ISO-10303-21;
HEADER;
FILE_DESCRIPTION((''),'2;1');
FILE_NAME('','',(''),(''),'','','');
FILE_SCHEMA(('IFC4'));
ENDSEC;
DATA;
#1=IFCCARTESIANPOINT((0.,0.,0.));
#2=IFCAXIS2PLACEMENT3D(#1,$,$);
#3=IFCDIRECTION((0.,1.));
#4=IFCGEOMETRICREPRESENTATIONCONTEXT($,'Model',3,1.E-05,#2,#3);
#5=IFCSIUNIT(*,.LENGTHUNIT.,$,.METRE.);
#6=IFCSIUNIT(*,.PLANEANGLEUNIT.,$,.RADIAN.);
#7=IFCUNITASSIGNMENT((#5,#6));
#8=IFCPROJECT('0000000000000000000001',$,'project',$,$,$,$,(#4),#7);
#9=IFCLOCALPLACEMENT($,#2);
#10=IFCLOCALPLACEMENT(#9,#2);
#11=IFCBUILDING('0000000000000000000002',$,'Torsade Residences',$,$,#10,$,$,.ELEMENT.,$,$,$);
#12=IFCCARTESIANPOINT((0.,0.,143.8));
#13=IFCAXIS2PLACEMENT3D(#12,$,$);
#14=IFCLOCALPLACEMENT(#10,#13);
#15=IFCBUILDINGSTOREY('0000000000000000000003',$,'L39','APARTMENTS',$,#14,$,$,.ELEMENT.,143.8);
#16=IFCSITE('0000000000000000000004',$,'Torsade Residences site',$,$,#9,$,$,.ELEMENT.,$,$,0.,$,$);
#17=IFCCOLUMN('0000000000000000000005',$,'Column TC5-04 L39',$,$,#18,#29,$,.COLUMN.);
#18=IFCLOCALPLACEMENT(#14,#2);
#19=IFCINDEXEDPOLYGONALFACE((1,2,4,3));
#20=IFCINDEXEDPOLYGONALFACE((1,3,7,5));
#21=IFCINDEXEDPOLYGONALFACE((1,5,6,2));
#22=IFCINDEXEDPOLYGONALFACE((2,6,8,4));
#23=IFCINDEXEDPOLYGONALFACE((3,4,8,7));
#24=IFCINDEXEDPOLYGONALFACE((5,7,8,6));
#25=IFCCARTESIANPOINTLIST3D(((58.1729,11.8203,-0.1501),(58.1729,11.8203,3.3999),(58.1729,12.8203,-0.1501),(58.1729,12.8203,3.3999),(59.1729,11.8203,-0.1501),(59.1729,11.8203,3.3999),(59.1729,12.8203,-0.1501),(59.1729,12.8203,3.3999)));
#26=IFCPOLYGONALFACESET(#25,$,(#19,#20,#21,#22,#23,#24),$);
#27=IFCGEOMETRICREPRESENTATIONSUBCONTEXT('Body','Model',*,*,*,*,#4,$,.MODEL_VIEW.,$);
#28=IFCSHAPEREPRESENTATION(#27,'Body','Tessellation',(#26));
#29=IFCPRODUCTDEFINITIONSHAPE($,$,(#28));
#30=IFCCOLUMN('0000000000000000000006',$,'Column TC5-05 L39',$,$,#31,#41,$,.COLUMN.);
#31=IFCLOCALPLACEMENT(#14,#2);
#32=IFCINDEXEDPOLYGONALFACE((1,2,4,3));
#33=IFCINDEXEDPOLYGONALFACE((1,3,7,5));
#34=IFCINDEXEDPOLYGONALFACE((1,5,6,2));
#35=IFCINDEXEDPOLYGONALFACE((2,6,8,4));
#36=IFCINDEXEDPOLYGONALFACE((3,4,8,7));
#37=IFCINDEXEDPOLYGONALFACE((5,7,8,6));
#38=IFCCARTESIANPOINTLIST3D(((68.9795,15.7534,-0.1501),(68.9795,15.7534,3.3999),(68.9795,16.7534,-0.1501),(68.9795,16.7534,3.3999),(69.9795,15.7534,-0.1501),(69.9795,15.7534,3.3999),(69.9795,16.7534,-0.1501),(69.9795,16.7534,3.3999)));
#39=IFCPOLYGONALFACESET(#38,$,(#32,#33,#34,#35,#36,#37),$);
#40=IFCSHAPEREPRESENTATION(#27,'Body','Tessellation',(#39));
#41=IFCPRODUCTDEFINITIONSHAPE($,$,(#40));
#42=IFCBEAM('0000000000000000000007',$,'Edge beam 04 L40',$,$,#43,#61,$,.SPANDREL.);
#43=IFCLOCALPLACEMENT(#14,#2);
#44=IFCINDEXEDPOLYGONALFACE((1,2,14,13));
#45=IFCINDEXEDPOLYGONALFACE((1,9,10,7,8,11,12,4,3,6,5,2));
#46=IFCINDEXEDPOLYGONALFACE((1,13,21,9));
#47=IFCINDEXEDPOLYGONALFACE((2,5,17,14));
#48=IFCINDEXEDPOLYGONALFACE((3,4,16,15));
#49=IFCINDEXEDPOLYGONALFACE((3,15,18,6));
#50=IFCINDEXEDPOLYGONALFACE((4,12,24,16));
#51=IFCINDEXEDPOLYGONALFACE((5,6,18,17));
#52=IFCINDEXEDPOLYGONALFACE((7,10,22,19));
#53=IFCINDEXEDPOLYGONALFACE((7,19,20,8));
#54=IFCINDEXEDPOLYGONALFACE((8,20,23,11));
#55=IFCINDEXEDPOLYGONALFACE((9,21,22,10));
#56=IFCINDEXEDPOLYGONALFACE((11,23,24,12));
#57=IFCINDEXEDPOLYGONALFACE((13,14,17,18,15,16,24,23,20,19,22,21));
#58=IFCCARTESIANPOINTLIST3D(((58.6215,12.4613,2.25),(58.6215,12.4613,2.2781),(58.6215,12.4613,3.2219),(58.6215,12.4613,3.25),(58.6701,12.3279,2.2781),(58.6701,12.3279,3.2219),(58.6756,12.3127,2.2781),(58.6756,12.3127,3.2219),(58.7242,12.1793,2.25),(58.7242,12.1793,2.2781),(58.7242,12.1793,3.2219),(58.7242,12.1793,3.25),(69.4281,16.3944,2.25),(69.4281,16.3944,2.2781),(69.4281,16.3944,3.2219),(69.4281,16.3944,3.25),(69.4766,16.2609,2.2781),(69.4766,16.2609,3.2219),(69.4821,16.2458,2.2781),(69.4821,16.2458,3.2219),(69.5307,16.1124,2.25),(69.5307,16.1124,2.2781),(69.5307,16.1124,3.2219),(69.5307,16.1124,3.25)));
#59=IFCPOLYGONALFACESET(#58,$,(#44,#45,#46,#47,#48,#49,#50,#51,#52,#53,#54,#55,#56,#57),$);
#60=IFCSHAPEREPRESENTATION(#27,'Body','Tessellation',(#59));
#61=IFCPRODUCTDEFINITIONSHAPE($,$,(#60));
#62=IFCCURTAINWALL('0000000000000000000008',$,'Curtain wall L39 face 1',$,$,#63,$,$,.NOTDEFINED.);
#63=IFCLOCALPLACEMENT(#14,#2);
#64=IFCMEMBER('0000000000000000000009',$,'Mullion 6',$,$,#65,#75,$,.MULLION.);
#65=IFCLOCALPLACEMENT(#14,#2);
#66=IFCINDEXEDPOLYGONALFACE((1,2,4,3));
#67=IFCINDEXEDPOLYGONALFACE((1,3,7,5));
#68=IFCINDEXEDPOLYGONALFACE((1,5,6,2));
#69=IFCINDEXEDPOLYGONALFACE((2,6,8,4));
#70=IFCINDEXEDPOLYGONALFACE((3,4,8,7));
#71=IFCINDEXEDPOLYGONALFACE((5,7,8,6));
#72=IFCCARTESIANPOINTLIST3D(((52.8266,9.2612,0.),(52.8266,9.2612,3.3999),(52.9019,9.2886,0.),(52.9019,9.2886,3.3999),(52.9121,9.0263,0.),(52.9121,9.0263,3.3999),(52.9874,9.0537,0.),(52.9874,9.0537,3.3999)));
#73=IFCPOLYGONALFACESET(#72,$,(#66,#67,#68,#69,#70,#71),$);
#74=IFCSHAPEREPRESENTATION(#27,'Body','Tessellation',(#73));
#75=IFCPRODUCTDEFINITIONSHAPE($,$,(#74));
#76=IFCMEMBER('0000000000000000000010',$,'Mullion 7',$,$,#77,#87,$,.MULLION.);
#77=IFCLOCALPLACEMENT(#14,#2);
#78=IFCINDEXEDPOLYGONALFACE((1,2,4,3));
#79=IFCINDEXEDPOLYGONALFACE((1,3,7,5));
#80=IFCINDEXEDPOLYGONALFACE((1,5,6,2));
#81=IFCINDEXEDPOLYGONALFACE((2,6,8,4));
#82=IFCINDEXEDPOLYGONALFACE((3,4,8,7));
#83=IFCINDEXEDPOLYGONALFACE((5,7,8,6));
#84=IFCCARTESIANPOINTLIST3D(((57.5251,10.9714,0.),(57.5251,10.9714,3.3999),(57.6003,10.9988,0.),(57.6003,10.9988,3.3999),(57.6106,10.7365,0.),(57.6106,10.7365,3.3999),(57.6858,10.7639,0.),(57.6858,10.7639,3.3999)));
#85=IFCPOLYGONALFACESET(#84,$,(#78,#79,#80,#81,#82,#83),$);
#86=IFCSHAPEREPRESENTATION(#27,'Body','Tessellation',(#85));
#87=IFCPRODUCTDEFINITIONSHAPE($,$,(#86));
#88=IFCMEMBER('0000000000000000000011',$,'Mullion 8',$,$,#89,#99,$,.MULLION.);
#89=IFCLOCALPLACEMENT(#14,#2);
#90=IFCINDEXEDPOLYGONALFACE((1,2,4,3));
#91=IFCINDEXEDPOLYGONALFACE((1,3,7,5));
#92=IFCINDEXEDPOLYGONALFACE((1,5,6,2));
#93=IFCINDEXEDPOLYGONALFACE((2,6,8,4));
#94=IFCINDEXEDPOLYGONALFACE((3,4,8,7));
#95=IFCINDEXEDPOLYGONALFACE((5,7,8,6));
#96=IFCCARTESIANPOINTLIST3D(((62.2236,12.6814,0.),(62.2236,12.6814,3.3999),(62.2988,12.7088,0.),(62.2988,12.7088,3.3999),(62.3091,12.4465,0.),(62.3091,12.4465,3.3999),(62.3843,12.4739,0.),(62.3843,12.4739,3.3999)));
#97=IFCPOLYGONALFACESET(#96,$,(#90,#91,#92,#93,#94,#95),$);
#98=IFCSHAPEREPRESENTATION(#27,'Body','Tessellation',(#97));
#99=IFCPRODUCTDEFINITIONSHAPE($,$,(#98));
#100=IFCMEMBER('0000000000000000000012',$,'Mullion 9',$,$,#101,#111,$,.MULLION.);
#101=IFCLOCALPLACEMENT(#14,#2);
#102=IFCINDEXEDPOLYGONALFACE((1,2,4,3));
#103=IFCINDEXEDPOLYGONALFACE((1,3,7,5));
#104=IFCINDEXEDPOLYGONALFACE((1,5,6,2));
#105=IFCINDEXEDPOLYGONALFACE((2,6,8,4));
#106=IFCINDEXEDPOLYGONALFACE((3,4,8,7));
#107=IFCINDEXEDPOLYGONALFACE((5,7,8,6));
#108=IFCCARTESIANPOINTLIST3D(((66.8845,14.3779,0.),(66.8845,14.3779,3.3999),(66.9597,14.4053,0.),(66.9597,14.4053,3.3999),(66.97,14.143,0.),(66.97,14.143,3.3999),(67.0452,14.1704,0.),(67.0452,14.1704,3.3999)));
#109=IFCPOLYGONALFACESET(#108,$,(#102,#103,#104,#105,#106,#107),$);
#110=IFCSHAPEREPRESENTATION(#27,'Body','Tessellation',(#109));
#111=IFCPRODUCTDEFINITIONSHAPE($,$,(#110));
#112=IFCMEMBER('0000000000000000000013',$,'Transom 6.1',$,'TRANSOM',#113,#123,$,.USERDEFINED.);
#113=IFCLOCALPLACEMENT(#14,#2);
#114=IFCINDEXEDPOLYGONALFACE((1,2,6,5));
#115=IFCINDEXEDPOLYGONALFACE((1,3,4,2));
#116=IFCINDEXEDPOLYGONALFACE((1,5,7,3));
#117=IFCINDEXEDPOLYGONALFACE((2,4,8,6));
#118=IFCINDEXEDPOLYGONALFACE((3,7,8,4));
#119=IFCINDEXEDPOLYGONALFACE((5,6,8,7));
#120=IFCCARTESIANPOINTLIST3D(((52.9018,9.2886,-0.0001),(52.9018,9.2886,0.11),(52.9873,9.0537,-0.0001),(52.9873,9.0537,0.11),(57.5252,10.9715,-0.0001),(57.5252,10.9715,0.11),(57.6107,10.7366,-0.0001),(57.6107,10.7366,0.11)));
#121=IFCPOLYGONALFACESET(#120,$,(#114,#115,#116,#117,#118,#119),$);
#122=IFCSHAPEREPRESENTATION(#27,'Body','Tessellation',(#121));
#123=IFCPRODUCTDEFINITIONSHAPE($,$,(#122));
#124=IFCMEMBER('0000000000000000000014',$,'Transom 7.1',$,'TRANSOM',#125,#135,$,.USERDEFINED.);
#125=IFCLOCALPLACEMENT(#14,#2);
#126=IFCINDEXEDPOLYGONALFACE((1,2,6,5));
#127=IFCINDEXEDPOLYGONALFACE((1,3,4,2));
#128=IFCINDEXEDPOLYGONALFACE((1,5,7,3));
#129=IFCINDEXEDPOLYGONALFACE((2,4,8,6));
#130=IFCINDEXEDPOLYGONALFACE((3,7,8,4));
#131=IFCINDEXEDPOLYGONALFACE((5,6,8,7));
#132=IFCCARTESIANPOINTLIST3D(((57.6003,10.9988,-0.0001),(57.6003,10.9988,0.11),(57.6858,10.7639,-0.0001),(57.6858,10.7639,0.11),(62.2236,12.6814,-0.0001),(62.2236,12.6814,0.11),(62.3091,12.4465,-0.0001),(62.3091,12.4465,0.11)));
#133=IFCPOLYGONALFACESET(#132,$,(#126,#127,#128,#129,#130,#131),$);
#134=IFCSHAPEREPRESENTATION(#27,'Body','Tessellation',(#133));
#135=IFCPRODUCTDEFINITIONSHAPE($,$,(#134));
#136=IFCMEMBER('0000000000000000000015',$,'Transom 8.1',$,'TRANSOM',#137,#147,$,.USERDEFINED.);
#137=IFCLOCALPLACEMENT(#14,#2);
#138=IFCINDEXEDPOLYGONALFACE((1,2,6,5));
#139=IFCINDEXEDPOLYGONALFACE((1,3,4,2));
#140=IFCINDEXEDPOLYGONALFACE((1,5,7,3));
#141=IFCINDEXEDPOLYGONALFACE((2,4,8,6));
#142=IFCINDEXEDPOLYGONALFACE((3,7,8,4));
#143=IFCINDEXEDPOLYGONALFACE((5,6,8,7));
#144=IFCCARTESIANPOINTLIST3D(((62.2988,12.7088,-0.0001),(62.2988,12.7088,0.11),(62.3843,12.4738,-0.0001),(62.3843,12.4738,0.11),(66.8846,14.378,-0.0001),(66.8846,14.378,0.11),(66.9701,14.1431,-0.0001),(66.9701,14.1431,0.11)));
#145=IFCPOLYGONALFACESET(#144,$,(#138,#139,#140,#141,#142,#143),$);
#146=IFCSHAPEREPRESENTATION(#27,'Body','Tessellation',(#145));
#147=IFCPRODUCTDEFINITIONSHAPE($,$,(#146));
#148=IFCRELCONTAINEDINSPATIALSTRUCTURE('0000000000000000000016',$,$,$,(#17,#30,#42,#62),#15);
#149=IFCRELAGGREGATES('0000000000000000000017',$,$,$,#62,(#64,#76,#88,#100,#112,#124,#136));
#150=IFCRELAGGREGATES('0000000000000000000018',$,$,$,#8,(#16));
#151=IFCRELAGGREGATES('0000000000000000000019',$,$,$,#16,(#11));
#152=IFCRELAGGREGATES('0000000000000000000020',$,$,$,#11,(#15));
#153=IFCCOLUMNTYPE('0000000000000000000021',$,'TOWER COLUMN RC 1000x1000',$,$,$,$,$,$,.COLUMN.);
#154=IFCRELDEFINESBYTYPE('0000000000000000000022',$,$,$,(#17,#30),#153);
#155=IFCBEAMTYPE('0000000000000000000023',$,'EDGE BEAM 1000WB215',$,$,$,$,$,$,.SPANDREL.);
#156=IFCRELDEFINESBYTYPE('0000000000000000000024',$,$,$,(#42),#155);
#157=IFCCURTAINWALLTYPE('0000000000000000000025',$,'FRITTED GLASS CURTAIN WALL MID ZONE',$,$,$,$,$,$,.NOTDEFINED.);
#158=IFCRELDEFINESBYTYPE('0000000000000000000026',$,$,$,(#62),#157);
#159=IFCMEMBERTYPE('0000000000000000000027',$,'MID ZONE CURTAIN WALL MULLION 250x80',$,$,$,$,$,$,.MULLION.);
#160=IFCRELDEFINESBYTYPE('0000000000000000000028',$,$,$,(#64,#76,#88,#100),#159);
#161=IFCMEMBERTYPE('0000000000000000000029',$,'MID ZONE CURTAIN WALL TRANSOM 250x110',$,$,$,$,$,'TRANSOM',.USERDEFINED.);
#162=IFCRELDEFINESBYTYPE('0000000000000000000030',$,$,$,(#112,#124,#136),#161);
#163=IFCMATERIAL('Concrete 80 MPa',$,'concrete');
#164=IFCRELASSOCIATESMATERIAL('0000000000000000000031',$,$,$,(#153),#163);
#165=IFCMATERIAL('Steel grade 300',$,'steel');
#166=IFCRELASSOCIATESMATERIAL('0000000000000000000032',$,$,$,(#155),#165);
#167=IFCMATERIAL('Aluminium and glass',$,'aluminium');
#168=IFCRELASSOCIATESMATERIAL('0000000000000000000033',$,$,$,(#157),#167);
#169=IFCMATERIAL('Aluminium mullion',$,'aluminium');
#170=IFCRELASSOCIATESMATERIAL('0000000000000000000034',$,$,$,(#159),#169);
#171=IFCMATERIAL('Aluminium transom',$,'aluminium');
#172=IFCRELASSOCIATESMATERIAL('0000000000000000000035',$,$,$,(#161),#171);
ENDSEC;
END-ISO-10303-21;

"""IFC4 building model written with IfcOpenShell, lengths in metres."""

from ifc_helpers import new_model, si_unit, direction, frame, origin, origin_2d, place, context, subcontext, project, spatial, rectangle, i_section, extrude, material, material_profile, profile_set, type_object, element, aggregate, save


model = new_model("IFC4")

# Units and contexts
model_context = context("Model", 3, precision=1e-05, world=origin(), true_north=direction((0.0, 1.0)))
body_context = subcontext(model_context, "Body", "Model", "MODEL_VIEW")
ifc_project = project(units=[si_unit("LENGTHUNIT", "METRE"), si_unit("PLANEANGLEUNIT", "RADIAN")], contexts=[model_context])

# Site, building, storey
site_placement = place(None, origin())
site = spatial("IfcSite", under=ifc_project, at=site_placement, Name="Torsade Residences site", CompositionType="ELEMENT", RefElevation=0.0)
building_placement = place(site_placement, origin())
building = spatial("IfcBuilding", under=site, at=building_placement, Name="Torsade Residences", CompositionType="ELEMENT")
storey_placement = place(building_placement, frame((0.0, 0.0, 143.8)))
storey = spatial("IfcBuildingStorey", under=building, at=storey_placement, Name="L39", Description="APARTMENTS", CompositionType="ELEMENT", Elevation=143.8)

# Columns
ifc_material_1 = material(Name="Concrete 80 MPa", Category="concrete")
ifc_material_profile_1 = material_profile(ifc_material_1, rectangle(XDim=1.0, YDim=1.0, at=origin_2d()), Name="RC 1000x1000")
ifc_profile_set_1 = profile_set([ifc_material_profile_1], Name="Concrete 80 MPa")
column_type = type_object("IfcColumnType", Name="TOWER COLUMN RC 1000x1000", PredefinedType="COLUMN", material=ifc_profile_set_1)
for number, where, z_axis, x_axis, name in (
    (1, (58.6729, 12.3203, -0.1501), (0.0, 0.0, 1.0), (1.0, 0.0, 0.0), "Column TC5-04 L39"),
    (2, (69.4795, 16.2534, -0.1501), (0.0, 0.0, 1.0), (1.0, 0.0, 0.0), "Column TC5-05 L39"),
):
    element("IfcColumn", number, at=place(storey_placement, frame(where, z_axis=z_axis, x_axis=x_axis)), inside=storey, type_object=column_type, Name=name, PredefinedType="COLUMN", context=body_context, shape_type="SweptSolid", body=[
        extrude(rectangle(XDim=1.0, YDim=1.0, at=origin_2d()), origin(), (0.0, 0.0, 1.0), 3.55),
    ])

# Beam
ifc_material_2 = material(Name="Steel grade 300", Category="steel")
ifc_material_profile_2 = material_profile(ifc_material_2, i_section(OverallWidth=0.3, OverallDepth=1.0, WebThickness=0.0161, FlangeThickness=0.0281, at=origin_2d()), Name="1000WB215")
ifc_profile_set_2 = profile_set([ifc_material_profile_2], Name="Steel grade 300")
beam_type_1 = type_object("IfcBeamType", Name="EDGE BEAM 1000WB215", PredefinedType="SPANDREL", material=ifc_profile_set_2)
beam_1_placement = place(storey_placement, frame((58.6729, 12.3203, 2.75), z_axis=(0.939698, 0.342006, 0.0), x_axis=(-0.342006, 0.939698, 0.0)))
element("IfcBeam", 3, at=beam_1_placement, inside=storey, type_object=beam_type_1, Name="Edge beam 04 L40", PredefinedType="SPANDREL", context=body_context, shape_type="SweptSolid", body=[
    extrude(i_section(OverallWidth=0.3, OverallDepth=1.0, WebThickness=0.0161, FlangeThickness=0.0281, at=origin_2d()), origin(), (0.0, 0.0, 1.0), 11.5),
])

# Curtain wall, members
ifc_material_3 = material(Name="Aluminium and glass", Category="aluminium")
curtain_wall_type = type_object("IfcCurtainWallType", Name="FRITTED GLASS CURTAIN WALL MID ZONE", PredefinedType="NOTDEFINED", material=ifc_material_3)
curtain_wall_placement = place(storey_placement, origin())
curtain_wall = element("IfcCurtainWall", 4, at=curtain_wall_placement, inside=storey, type_object=curtain_wall_type, Name="Curtain wall L39 face 1", PredefinedType="NOTDEFINED")
ifc_material_4 = material(Name="Aluminium mullion", Category="aluminium")
ifc_material_profile_3 = material_profile(ifc_material_4, rectangle(XDim=0.25, YDim=0.0801, at=origin_2d()), Name="MID ZONE CURTAIN WALL MULLION 250x80")
ifc_profile_set_3 = profile_set([ifc_material_profile_3], Name="Aluminium mullion")
member_type_1 = type_object("IfcMemberType", Name="MID ZONE CURTAIN WALL MULLION 250x80", PredefinedType="MULLION", material=ifc_profile_set_3)
member_1_placement = place(storey_placement, frame((52.907, 9.1575, 0.0), z_axis=(0.0, 0.0, 1.0), x_axis=(-0.34202, 0.939693, 0.0)))
member_1 = element("IfcMember", 5, at=member_1_placement, type_object=member_type_1, Name="Mullion 6", PredefinedType="MULLION", context=body_context, shape_type="SweptSolid", body=[
    extrude(rectangle(XDim=0.25, YDim=0.0801, at=origin_2d()), origin(), (0.0, 0.0, 1.0), 3.3999),
])
member_2_placement = place(storey_placement, frame((57.6055, 10.8677, 0.0), z_axis=(0.0, 0.0, 1.0), x_axis=(-0.34202, 0.939693, 0.0)))
member_2 = element("IfcMember", 6, at=member_2_placement, type_object=member_type_1, Name="Mullion 7", PredefinedType="MULLION", context=body_context, shape_type="SweptSolid", body=[
    extrude(rectangle(XDim=0.25, YDim=0.0801, at=origin_2d()), origin(), (0.0, 0.0, 1.0), 3.3999),
])
member_3_placement = place(storey_placement, frame((62.304, 12.5776, 0.0), z_axis=(0.0, 0.0, 1.0), x_axis=(-0.34202, 0.939693, 0.0)))
member_3 = element("IfcMember", 7, at=member_3_placement, type_object=member_type_1, Name="Mullion 8", PredefinedType="MULLION", context=body_context, shape_type="SweptSolid", body=[
    extrude(rectangle(XDim=0.25, YDim=0.0801, at=origin_2d()), origin(), (0.0, 0.0, 1.0), 3.3999),
])
member_4_placement = place(storey_placement, frame((66.9648, 14.2742, 0.0), z_axis=(0.0, 0.0, 1.0), x_axis=(-0.34202, 0.939693, 0.0)))
member_4 = element("IfcMember", 8, at=member_4_placement, type_object=member_type_1, Name="Mullion 9", PredefinedType="MULLION", context=body_context, shape_type="SweptSolid", body=[
    extrude(rectangle(XDim=0.25, YDim=0.0801, at=origin_2d()), origin(), (0.0, 0.0, 1.0), 3.3999),
])
ifc_material_5 = material(Name="Aluminium transom", Category="aluminium")
ifc_material_profile_4 = material_profile(ifc_material_5, rectangle(XDim=0.25, YDim=0.1101, at=origin_2d()), Name="MID ZONE CURTAIN WALL TRANSOM 250x110")
ifc_profile_set_4 = profile_set([ifc_material_profile_4], Name="Aluminium transom")
member_type_2 = type_object("IfcMemberType", Name="MID ZONE CURTAIN WALL TRANSOM 250x110", ElementType="TRANSOM", PredefinedType="USERDEFINED", material=ifc_profile_set_4)
member_5_placement = place(storey_placement, frame((52.9446, 9.1711, 0.0549), z_axis=(0.939685, 0.342042, 0.0), x_axis=(-0.342042, 0.939685, 0.0)))
member_5 = element("IfcMember", 9, at=member_5_placement, type_object=member_type_2, Name="Transom 6.1", ObjectType="TRANSOM", PredefinedType="USERDEFINED", context=body_context, shape_type="SweptSolid", body=[
    extrude(rectangle(XDim=0.25, YDim=0.1101, at=origin_2d()), origin(), (0.0, 0.0, 1.0), 4.9202),
])
member_6_placement = place(storey_placement, frame((57.6431, 10.8813, 0.0549), z_axis=(0.939701, 0.341998, 0.0), x_axis=(-0.341998, 0.939701, 0.0)))
member_6 = element("IfcMember", 10, at=member_6_placement, type_object=member_type_2, Name="Transom 7.1", ObjectType="TRANSOM", PredefinedType="USERDEFINED", context=body_context, shape_type="SweptSolid", body=[
    extrude(rectangle(XDim=0.25, YDim=0.1101, at=origin_2d()), origin(), (0.0, 0.0, 1.0), 4.9199),
])
member_7_placement = place(storey_placement, frame((62.3416, 12.5913, 0.0549), z_axis=(0.939684, 0.342044, 0.0), x_axis=(-0.342044, 0.939684, 0.0)))
member_7 = element("IfcMember", 11, at=member_7_placement, type_object=member_type_2, Name="Transom 8.1", ObjectType="TRANSOM", PredefinedType="USERDEFINED", context=body_context, shape_type="SweptSolid", body=[
    extrude(rectangle(XDim=0.25, YDim=0.1101, at=origin_2d()), origin(), (0.0, 0.0, 1.0), 4.8801),
])

aggregate(curtain_wall, [member_1, member_2, member_3, member_4, member_5, member_6, member_7])

save(model, "model.ifc")
